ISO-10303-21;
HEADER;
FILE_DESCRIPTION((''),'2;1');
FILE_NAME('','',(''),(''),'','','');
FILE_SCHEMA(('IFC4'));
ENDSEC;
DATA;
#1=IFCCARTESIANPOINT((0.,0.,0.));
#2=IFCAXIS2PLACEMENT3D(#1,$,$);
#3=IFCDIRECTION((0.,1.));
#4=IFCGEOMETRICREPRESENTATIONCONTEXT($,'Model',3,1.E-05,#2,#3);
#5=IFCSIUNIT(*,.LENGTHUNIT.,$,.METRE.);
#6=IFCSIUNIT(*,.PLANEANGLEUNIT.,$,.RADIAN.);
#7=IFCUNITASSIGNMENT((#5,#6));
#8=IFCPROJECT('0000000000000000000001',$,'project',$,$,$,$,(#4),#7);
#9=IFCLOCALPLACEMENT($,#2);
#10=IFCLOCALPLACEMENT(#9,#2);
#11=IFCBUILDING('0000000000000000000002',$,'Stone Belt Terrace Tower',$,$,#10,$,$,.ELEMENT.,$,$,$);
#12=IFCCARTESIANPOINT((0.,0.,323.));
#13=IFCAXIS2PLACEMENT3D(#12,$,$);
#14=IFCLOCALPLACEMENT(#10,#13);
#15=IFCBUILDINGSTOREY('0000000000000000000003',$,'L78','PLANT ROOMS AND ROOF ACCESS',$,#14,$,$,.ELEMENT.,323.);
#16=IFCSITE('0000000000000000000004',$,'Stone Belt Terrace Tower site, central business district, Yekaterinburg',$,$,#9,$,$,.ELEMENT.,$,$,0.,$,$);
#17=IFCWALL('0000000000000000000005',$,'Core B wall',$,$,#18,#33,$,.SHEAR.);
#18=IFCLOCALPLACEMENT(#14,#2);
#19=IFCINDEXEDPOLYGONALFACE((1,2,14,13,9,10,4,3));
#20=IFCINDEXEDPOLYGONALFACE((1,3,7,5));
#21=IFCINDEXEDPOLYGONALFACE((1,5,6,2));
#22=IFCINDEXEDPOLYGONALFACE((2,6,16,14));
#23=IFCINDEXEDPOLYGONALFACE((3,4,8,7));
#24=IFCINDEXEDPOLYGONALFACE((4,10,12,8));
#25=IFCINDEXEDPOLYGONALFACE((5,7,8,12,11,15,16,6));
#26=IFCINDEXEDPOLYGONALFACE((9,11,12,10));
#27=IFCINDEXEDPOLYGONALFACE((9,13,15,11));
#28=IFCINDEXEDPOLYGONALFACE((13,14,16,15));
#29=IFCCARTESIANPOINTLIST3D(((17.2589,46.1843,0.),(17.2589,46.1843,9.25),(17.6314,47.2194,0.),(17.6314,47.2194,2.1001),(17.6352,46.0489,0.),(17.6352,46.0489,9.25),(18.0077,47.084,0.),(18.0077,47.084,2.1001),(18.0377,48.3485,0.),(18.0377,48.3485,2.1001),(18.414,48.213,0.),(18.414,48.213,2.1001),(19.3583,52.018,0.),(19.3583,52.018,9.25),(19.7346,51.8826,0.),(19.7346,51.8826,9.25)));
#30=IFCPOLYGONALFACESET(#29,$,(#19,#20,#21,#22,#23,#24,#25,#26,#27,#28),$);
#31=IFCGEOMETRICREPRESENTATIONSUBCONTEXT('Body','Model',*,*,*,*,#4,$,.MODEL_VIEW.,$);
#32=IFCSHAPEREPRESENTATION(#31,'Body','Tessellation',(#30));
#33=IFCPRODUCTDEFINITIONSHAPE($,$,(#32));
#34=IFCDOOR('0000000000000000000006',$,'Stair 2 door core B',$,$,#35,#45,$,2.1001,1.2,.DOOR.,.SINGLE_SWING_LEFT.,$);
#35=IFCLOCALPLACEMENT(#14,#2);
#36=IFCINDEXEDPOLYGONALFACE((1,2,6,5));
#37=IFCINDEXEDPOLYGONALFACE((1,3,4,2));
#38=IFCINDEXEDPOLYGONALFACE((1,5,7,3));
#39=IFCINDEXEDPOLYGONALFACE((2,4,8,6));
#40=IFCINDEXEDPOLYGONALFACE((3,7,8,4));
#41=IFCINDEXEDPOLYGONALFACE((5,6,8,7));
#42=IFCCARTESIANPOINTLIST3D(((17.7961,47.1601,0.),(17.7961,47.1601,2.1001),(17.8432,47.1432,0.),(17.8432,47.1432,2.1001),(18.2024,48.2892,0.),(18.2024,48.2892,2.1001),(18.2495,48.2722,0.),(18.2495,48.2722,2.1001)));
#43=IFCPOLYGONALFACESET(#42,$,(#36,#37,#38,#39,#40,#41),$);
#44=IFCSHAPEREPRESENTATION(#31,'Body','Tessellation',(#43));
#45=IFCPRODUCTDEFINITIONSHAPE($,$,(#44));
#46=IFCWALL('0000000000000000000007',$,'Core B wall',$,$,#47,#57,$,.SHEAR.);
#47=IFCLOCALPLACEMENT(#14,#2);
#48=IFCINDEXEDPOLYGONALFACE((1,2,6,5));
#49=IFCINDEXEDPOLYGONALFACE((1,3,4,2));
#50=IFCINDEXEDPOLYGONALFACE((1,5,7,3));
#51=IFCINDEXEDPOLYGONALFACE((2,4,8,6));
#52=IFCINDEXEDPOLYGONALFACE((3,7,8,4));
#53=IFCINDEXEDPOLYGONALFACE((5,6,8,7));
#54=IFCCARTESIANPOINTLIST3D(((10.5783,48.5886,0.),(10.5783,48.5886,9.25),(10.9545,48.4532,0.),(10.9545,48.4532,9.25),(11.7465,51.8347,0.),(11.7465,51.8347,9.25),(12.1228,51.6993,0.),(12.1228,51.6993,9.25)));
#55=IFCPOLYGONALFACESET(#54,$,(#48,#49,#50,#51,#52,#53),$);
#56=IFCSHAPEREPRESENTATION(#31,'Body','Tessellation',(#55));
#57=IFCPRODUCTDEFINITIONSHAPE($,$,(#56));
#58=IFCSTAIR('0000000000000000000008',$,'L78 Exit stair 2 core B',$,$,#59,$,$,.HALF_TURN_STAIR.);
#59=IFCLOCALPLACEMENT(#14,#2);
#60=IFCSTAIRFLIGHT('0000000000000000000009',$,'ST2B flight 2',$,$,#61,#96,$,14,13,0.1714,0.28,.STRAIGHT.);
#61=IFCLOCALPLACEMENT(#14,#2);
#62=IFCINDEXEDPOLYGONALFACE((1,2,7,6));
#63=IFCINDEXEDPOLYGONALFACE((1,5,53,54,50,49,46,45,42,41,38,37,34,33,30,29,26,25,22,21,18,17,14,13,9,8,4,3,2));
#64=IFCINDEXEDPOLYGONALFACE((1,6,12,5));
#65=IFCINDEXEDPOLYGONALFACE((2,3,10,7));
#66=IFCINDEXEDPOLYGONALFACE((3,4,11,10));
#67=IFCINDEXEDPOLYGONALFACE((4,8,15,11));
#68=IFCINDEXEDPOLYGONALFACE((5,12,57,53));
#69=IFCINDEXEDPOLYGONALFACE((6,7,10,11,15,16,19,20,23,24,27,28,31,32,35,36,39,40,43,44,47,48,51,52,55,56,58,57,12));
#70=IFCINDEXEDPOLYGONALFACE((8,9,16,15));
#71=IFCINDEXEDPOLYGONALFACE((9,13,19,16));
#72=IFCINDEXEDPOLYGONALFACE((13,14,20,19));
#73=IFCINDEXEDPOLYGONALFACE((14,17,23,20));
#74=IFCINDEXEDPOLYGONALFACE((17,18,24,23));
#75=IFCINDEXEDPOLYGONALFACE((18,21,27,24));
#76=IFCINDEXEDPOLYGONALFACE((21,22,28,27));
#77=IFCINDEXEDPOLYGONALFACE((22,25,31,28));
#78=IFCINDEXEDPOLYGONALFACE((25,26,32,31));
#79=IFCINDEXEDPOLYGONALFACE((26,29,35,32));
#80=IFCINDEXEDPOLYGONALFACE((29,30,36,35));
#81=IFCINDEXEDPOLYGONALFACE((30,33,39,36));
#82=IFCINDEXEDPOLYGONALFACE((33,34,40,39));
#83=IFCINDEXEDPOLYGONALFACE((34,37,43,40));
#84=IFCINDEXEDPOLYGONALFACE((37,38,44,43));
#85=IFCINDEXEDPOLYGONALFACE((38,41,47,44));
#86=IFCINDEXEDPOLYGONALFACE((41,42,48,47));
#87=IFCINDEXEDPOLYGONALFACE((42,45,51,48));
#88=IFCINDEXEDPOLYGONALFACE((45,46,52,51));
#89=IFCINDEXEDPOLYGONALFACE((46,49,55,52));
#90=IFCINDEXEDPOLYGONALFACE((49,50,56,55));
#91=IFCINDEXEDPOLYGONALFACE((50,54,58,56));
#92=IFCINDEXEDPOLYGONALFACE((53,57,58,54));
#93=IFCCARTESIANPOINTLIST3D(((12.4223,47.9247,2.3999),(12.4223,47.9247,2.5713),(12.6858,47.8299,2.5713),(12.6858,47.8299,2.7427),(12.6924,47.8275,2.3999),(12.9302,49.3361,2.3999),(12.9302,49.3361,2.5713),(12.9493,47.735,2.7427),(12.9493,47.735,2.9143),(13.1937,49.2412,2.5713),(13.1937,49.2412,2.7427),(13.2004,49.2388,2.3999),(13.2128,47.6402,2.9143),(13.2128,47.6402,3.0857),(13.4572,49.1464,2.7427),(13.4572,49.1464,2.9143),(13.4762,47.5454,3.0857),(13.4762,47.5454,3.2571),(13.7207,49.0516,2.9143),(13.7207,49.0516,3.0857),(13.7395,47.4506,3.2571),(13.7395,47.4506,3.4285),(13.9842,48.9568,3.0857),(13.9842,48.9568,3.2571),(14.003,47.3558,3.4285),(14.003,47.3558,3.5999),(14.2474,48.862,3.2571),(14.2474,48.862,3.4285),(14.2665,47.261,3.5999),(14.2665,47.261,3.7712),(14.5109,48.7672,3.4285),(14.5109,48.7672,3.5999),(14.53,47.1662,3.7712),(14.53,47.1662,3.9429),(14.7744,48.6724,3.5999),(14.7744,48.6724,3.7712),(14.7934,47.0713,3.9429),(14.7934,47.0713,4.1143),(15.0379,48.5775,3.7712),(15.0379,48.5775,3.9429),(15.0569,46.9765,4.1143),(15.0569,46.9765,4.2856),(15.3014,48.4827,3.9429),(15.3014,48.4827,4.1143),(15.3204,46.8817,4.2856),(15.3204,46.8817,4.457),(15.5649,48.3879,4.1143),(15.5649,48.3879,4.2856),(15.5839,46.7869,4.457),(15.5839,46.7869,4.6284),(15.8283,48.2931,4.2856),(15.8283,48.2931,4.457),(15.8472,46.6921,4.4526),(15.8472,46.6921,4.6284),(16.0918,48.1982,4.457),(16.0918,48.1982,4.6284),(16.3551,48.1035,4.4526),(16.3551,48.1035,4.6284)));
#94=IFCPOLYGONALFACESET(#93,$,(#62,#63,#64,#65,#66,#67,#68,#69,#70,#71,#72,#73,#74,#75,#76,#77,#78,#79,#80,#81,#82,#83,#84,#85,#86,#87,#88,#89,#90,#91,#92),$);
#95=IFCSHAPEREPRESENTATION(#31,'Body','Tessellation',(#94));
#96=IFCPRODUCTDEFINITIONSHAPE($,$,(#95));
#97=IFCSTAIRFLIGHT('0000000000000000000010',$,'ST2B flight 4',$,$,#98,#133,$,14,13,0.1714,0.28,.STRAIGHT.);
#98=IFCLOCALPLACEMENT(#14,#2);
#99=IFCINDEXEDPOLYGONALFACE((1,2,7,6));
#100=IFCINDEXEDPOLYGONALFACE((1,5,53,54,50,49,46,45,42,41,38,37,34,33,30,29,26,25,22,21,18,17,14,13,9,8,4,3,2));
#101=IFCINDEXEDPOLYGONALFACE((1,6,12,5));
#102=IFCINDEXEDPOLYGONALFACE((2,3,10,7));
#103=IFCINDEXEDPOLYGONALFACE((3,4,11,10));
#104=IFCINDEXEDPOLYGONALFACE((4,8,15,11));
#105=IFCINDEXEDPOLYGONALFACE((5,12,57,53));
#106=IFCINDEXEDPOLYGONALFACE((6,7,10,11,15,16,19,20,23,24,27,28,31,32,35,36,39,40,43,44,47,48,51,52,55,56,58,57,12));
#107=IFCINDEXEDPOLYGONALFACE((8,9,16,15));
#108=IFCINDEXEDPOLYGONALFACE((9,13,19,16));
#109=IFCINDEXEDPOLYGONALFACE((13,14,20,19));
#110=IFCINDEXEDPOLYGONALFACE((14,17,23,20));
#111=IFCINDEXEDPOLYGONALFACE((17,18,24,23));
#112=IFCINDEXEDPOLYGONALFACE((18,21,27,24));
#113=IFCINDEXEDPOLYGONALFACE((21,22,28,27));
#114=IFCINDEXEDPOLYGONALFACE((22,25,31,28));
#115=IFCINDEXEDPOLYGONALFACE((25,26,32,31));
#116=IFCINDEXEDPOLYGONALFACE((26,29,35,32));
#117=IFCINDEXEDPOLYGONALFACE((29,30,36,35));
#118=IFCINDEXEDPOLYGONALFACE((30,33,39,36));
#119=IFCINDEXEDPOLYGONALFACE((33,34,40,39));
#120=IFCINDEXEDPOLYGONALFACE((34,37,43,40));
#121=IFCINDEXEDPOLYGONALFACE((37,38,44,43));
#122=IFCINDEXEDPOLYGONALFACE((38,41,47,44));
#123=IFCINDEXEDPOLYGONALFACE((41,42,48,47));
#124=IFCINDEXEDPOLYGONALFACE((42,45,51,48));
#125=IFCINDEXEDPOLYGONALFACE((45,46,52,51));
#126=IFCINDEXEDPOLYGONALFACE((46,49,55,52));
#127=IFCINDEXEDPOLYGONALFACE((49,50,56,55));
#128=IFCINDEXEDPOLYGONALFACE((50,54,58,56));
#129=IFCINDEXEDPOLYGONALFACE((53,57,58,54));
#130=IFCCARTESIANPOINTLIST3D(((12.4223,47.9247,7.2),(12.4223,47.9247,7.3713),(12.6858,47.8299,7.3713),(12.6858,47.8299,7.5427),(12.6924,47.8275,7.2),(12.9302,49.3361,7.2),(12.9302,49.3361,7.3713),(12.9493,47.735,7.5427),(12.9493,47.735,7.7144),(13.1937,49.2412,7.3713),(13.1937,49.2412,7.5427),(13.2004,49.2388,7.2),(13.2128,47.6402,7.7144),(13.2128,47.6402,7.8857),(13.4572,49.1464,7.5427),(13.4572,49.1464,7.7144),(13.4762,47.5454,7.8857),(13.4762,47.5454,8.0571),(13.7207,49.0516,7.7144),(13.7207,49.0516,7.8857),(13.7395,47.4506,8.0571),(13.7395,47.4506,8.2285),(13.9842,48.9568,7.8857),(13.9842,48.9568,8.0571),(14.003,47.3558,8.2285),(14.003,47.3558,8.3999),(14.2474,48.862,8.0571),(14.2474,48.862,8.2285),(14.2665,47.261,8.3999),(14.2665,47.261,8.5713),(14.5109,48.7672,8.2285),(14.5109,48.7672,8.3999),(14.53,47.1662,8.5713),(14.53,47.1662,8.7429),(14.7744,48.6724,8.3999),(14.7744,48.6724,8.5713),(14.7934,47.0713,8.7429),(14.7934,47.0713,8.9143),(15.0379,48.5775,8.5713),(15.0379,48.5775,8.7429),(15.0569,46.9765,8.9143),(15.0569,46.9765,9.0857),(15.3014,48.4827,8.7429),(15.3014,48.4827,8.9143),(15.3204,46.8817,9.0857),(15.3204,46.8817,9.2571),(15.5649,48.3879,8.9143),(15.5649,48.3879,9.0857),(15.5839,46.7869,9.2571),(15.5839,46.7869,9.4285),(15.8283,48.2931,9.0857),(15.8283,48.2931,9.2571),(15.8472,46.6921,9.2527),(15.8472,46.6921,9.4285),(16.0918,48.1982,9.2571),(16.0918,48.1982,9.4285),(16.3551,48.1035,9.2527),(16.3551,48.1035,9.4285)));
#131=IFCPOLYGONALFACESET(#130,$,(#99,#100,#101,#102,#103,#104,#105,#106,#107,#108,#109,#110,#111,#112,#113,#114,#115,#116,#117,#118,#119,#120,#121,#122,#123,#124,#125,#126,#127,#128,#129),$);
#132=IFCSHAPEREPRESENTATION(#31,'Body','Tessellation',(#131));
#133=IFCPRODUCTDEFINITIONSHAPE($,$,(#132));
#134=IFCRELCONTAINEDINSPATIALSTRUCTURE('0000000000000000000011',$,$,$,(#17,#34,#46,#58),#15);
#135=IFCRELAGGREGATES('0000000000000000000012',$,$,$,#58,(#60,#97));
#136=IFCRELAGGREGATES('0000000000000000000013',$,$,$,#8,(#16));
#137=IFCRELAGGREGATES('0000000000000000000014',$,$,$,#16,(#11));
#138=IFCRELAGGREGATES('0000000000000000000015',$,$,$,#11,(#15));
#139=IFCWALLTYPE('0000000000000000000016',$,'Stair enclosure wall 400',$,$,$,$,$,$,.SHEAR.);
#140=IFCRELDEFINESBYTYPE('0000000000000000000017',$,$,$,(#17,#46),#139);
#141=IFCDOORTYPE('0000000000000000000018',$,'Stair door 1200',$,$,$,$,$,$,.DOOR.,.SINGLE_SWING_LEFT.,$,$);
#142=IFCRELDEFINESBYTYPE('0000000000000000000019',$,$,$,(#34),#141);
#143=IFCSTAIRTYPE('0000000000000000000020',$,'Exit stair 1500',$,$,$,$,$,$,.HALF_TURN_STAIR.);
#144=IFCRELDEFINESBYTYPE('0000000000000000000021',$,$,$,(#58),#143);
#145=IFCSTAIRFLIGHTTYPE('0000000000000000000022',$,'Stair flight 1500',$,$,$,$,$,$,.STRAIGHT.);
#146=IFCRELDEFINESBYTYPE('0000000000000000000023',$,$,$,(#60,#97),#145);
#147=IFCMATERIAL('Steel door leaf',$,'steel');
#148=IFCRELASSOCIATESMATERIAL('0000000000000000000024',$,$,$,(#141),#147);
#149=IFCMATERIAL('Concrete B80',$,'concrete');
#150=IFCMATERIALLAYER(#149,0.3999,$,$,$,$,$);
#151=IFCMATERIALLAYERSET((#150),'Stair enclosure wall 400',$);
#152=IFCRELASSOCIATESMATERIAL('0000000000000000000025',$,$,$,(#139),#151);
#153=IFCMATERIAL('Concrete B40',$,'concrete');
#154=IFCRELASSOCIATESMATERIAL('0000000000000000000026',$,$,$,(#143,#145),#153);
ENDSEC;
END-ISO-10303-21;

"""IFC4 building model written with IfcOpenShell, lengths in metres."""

from ifc_helpers import new_model, si_unit, direction, frame, frame_2d, origin, place, context, subcontext, project, spatial, polyline, rectangle, outline, extrude, material, layer, layer_set, type_object, element, fill, aggregate, save


model = new_model("IFC4")

# Units and contexts
model_context = context("Model", 3, precision=1e-05, world=origin(), true_north=direction((0.0, 1.0)))
body_context = subcontext(model_context, "Body", "Model", "MODEL_VIEW")
ifc_project = project(units=[si_unit("LENGTHUNIT", "METRE"), si_unit("PLANEANGLEUNIT", "RADIAN")], contexts=[model_context])

# Site, building, storey
site_placement = place(None, origin())
site = spatial("IfcSite", under=ifc_project, at=site_placement, Name="Stone Belt Terrace Tower site, central business district, Yekaterinburg", CompositionType="ELEMENT", RefElevation=0.0)
building_placement = place(site_placement, origin())
building = spatial("IfcBuilding", under=site, at=building_placement, Name="Stone Belt Terrace Tower", CompositionType="ELEMENT")
storey_placement = place(building_placement, frame((0.0, 0.0, 323.0)))
storey = spatial("IfcBuildingStorey", under=building, at=storey_placement, Name="L78", Description="PLANT ROOMS AND ROOF ACCESS", CompositionType="ELEMENT", Elevation=323.0)

# Shared definitions
ifc_material_1 = material(Name="Concrete B80", Category="concrete")

# Shared definitions
ifc_material_2 = material(Name="Steel door leaf", Category="steel")
door_type_1 = type_object("IfcDoorType", Name="Stair door 1200", OperationType="SINGLE_SWING_LEFT", PredefinedType="DOOR", material=ifc_material_2)
ifc_layer_1 = layer(ifc_material_1, 0.3999)
ifc_layer_set_1 = layer_set([ifc_layer_1], Name="Stair enclosure wall 400")
wall_type_1 = type_object("IfcWallType", Name="Stair enclosure wall 400", PredefinedType="SHEAR", material=ifc_layer_set_1)

# Wall, opening, door
wall_1_placement = place(storey_placement, frame((17.447, 46.1165, 0.0), z_axis=(0.0, 0.0, 1.0), x_axis=(0.338608, 0.940928, 0.0)))
wall_1 = element("IfcWall", 1, at=wall_1_placement, inside=storey, type_object=wall_type_1, Name="Core B wall", PredefinedType="SHEAR", context=body_context, shape_type="SweptSolid", body=[
    extrude(rectangle(XDim=6.2, YDim=0.3999, at=frame_2d((3.1001, 0.0))), origin(), (0.0, 0.0, 1.0), 9.25),
])
opening_1_placement = place(wall_1_placement, frame((1.1001, 0.0, 0.0)))
opening_1 = element("IfcOpeningElement", 2, at=opening_1_placement, cuts=wall_1, PredefinedType="OPENING", context=body_context, shape_type="SweptSolid", body=[
    extrude(rectangle(XDim=1.2, YDim=2.1001, at=frame_2d((0.6001, 1.05))), frame((0.0, 0.21, 0.0), z_axis=(0.0, -1.0, 0.0), x_axis=(1.0, 0.0, 0.0)), (0.0, 0.0, 1.0), 0.4199),
])
door_1_placement = place(opening_1_placement, origin())
door_1 = element("IfcDoor", 3, at=door_1_placement, inside=storey, type_object=door_type_1, Name="Stair 2 door core B", OperationType="SINGLE_SWING_LEFT", OverallHeight=2.1001, OverallWidth=1.2, PredefinedType="DOOR", context=body_context, shape_type="SweptSolid", body=[
    extrude(rectangle(XDim=1.2, YDim=2.1001, at=frame_2d((0.6001, 1.05))), frame((0.0, 0.0249, 0.0), z_axis=(0.0, -1.0, 0.0), x_axis=(1.0, 0.0, 0.0)), (0.0, 0.0, 1.0), 0.05),
])
fill(opening_1, door_1)

# Wall
wall_2_placement = place(storey_placement, frame((10.7664, 48.5208, 0.0), z_axis=(0.0, 0.0, 1.0), x_axis=(0.338622, 0.940923, 0.0)))
element("IfcWall", 4, at=wall_2_placement, inside=storey, type_object=wall_type_1, Name="Core B wall", PredefinedType="SHEAR", context=body_context, shape_type="SweptSolid", body=[
    extrude(rectangle(XDim=3.45, YDim=0.3999, at=frame_2d((1.7251, 0.0))), origin(), (0.0, 0.0, 1.0), 9.25),
])

# Stair, stair flights
ifc_material_3 = material(Name="Concrete B40", Category="concrete")
stair_type = type_object("IfcStairType", Name="Exit stair 1500", PredefinedType="HALF_TURN_STAIR", material=ifc_material_3)
stair_placement = place(storey_placement, origin())
stair = element("IfcStair", 5, at=stair_placement, inside=storey, type_object=stair_type, Name="L78 Exit stair 2 core B", PredefinedType="HALF_TURN_STAIR")
stair_flight_type = type_object("IfcStairFlightType", Name="Stair flight 1500", PredefinedType="STRAIGHT", material=ifc_material_3)
stair_flight_1_placement = place(storey_placement, frame((12.6763, 48.6304, 2.3999), z_axis=(0.0, 0.0, 1.0), x_axis=(0.940922, -0.338624, 0.0)))
stair_flight_1 = element("IfcStairFlight", 6, at=stair_flight_1_placement, type_object=stair_flight_type, Name="ST2B flight 2", NumberOfRisers=14, NumberOfTreads=13, PredefinedType="STRAIGHT", RiserHeight=0.1714, TreadLength=0.28, context=body_context, shape_type="SweptSolid", body=[
    extrude(outline(polyline([(0.0, 0.0), (0.0, 0.1714), (0.28, 0.1714), (0.28, 0.3428), (0.5601, 0.3428), (0.5601, 0.5144), (0.8401, 0.5144), (0.8401, 0.6858), (1.1201, 0.6858), (1.1201, 0.8572), (1.3999, 0.8572), (1.3999, 1.0286), (1.6799, 1.0286), (1.6799, 1.2), (1.96, 1.2), (1.96, 1.3713), (2.24, 1.3713), (2.24, 1.543), (2.52, 1.543), (2.52, 1.7144), (2.8, 1.7144), (2.8, 1.8857), (3.0801, 1.8857), (3.0801, 2.0571), (3.3601, 2.0571), (3.3601, 2.2285), (3.6399, 2.2285), (3.6399, 2.3999), (3.6399, 2.0527), (0.2871, 0.0), (0.0, 0.0)])), frame((0.0, 0.75, 0.0), z_axis=(0.0, -1.0, 0.0), x_axis=(1.0, 0.0, 0.0)), (0.0, 0.0, 1.0), 1.5),
])
stair_flight_2_placement = place(storey_placement, frame((12.6763, 48.6304, 7.2), z_axis=(0.0, 0.0, 1.0), x_axis=(0.940922, -0.338624, 0.0)))
stair_flight_2 = element("IfcStairFlight", 7, at=stair_flight_2_placement, type_object=stair_flight_type, Name="ST2B flight 4", NumberOfRisers=14, NumberOfTreads=13, PredefinedType="STRAIGHT", RiserHeight=0.1714, TreadLength=0.28, context=body_context, shape_type="SweptSolid", body=[
    extrude(outline(polyline([(0.0, 0.0), (0.0, 0.1714), (0.28, 0.1714), (0.28, 0.3428), (0.5601, 0.3428), (0.5601, 0.5144), (0.8401, 0.5144), (0.8401, 0.6858), (1.1201, 0.6858), (1.1201, 0.8572), (1.3999, 0.8572), (1.3999, 1.0286), (1.6799, 1.0286), (1.6799, 1.2), (1.96, 1.2), (1.96, 1.3713), (2.24, 1.3713), (2.24, 1.543), (2.52, 1.543), (2.52, 1.7144), (2.8, 1.7144), (2.8, 1.8857), (3.0801, 1.8857), (3.0801, 2.0571), (3.3601, 2.0571), (3.3601, 2.2285), (3.6399, 2.2285), (3.6399, 2.3999), (3.6399, 2.0527), (0.2871, 0.0), (0.0, 0.0)])), frame((0.0, 0.75, 0.0), z_axis=(0.0, -1.0, 0.0), x_axis=(1.0, 0.0, 0.0)), (0.0, 0.0, 1.0), 1.5),
])
aggregate(stair, [stair_flight_1, stair_flight_2])

save(model, "model.ifc")
